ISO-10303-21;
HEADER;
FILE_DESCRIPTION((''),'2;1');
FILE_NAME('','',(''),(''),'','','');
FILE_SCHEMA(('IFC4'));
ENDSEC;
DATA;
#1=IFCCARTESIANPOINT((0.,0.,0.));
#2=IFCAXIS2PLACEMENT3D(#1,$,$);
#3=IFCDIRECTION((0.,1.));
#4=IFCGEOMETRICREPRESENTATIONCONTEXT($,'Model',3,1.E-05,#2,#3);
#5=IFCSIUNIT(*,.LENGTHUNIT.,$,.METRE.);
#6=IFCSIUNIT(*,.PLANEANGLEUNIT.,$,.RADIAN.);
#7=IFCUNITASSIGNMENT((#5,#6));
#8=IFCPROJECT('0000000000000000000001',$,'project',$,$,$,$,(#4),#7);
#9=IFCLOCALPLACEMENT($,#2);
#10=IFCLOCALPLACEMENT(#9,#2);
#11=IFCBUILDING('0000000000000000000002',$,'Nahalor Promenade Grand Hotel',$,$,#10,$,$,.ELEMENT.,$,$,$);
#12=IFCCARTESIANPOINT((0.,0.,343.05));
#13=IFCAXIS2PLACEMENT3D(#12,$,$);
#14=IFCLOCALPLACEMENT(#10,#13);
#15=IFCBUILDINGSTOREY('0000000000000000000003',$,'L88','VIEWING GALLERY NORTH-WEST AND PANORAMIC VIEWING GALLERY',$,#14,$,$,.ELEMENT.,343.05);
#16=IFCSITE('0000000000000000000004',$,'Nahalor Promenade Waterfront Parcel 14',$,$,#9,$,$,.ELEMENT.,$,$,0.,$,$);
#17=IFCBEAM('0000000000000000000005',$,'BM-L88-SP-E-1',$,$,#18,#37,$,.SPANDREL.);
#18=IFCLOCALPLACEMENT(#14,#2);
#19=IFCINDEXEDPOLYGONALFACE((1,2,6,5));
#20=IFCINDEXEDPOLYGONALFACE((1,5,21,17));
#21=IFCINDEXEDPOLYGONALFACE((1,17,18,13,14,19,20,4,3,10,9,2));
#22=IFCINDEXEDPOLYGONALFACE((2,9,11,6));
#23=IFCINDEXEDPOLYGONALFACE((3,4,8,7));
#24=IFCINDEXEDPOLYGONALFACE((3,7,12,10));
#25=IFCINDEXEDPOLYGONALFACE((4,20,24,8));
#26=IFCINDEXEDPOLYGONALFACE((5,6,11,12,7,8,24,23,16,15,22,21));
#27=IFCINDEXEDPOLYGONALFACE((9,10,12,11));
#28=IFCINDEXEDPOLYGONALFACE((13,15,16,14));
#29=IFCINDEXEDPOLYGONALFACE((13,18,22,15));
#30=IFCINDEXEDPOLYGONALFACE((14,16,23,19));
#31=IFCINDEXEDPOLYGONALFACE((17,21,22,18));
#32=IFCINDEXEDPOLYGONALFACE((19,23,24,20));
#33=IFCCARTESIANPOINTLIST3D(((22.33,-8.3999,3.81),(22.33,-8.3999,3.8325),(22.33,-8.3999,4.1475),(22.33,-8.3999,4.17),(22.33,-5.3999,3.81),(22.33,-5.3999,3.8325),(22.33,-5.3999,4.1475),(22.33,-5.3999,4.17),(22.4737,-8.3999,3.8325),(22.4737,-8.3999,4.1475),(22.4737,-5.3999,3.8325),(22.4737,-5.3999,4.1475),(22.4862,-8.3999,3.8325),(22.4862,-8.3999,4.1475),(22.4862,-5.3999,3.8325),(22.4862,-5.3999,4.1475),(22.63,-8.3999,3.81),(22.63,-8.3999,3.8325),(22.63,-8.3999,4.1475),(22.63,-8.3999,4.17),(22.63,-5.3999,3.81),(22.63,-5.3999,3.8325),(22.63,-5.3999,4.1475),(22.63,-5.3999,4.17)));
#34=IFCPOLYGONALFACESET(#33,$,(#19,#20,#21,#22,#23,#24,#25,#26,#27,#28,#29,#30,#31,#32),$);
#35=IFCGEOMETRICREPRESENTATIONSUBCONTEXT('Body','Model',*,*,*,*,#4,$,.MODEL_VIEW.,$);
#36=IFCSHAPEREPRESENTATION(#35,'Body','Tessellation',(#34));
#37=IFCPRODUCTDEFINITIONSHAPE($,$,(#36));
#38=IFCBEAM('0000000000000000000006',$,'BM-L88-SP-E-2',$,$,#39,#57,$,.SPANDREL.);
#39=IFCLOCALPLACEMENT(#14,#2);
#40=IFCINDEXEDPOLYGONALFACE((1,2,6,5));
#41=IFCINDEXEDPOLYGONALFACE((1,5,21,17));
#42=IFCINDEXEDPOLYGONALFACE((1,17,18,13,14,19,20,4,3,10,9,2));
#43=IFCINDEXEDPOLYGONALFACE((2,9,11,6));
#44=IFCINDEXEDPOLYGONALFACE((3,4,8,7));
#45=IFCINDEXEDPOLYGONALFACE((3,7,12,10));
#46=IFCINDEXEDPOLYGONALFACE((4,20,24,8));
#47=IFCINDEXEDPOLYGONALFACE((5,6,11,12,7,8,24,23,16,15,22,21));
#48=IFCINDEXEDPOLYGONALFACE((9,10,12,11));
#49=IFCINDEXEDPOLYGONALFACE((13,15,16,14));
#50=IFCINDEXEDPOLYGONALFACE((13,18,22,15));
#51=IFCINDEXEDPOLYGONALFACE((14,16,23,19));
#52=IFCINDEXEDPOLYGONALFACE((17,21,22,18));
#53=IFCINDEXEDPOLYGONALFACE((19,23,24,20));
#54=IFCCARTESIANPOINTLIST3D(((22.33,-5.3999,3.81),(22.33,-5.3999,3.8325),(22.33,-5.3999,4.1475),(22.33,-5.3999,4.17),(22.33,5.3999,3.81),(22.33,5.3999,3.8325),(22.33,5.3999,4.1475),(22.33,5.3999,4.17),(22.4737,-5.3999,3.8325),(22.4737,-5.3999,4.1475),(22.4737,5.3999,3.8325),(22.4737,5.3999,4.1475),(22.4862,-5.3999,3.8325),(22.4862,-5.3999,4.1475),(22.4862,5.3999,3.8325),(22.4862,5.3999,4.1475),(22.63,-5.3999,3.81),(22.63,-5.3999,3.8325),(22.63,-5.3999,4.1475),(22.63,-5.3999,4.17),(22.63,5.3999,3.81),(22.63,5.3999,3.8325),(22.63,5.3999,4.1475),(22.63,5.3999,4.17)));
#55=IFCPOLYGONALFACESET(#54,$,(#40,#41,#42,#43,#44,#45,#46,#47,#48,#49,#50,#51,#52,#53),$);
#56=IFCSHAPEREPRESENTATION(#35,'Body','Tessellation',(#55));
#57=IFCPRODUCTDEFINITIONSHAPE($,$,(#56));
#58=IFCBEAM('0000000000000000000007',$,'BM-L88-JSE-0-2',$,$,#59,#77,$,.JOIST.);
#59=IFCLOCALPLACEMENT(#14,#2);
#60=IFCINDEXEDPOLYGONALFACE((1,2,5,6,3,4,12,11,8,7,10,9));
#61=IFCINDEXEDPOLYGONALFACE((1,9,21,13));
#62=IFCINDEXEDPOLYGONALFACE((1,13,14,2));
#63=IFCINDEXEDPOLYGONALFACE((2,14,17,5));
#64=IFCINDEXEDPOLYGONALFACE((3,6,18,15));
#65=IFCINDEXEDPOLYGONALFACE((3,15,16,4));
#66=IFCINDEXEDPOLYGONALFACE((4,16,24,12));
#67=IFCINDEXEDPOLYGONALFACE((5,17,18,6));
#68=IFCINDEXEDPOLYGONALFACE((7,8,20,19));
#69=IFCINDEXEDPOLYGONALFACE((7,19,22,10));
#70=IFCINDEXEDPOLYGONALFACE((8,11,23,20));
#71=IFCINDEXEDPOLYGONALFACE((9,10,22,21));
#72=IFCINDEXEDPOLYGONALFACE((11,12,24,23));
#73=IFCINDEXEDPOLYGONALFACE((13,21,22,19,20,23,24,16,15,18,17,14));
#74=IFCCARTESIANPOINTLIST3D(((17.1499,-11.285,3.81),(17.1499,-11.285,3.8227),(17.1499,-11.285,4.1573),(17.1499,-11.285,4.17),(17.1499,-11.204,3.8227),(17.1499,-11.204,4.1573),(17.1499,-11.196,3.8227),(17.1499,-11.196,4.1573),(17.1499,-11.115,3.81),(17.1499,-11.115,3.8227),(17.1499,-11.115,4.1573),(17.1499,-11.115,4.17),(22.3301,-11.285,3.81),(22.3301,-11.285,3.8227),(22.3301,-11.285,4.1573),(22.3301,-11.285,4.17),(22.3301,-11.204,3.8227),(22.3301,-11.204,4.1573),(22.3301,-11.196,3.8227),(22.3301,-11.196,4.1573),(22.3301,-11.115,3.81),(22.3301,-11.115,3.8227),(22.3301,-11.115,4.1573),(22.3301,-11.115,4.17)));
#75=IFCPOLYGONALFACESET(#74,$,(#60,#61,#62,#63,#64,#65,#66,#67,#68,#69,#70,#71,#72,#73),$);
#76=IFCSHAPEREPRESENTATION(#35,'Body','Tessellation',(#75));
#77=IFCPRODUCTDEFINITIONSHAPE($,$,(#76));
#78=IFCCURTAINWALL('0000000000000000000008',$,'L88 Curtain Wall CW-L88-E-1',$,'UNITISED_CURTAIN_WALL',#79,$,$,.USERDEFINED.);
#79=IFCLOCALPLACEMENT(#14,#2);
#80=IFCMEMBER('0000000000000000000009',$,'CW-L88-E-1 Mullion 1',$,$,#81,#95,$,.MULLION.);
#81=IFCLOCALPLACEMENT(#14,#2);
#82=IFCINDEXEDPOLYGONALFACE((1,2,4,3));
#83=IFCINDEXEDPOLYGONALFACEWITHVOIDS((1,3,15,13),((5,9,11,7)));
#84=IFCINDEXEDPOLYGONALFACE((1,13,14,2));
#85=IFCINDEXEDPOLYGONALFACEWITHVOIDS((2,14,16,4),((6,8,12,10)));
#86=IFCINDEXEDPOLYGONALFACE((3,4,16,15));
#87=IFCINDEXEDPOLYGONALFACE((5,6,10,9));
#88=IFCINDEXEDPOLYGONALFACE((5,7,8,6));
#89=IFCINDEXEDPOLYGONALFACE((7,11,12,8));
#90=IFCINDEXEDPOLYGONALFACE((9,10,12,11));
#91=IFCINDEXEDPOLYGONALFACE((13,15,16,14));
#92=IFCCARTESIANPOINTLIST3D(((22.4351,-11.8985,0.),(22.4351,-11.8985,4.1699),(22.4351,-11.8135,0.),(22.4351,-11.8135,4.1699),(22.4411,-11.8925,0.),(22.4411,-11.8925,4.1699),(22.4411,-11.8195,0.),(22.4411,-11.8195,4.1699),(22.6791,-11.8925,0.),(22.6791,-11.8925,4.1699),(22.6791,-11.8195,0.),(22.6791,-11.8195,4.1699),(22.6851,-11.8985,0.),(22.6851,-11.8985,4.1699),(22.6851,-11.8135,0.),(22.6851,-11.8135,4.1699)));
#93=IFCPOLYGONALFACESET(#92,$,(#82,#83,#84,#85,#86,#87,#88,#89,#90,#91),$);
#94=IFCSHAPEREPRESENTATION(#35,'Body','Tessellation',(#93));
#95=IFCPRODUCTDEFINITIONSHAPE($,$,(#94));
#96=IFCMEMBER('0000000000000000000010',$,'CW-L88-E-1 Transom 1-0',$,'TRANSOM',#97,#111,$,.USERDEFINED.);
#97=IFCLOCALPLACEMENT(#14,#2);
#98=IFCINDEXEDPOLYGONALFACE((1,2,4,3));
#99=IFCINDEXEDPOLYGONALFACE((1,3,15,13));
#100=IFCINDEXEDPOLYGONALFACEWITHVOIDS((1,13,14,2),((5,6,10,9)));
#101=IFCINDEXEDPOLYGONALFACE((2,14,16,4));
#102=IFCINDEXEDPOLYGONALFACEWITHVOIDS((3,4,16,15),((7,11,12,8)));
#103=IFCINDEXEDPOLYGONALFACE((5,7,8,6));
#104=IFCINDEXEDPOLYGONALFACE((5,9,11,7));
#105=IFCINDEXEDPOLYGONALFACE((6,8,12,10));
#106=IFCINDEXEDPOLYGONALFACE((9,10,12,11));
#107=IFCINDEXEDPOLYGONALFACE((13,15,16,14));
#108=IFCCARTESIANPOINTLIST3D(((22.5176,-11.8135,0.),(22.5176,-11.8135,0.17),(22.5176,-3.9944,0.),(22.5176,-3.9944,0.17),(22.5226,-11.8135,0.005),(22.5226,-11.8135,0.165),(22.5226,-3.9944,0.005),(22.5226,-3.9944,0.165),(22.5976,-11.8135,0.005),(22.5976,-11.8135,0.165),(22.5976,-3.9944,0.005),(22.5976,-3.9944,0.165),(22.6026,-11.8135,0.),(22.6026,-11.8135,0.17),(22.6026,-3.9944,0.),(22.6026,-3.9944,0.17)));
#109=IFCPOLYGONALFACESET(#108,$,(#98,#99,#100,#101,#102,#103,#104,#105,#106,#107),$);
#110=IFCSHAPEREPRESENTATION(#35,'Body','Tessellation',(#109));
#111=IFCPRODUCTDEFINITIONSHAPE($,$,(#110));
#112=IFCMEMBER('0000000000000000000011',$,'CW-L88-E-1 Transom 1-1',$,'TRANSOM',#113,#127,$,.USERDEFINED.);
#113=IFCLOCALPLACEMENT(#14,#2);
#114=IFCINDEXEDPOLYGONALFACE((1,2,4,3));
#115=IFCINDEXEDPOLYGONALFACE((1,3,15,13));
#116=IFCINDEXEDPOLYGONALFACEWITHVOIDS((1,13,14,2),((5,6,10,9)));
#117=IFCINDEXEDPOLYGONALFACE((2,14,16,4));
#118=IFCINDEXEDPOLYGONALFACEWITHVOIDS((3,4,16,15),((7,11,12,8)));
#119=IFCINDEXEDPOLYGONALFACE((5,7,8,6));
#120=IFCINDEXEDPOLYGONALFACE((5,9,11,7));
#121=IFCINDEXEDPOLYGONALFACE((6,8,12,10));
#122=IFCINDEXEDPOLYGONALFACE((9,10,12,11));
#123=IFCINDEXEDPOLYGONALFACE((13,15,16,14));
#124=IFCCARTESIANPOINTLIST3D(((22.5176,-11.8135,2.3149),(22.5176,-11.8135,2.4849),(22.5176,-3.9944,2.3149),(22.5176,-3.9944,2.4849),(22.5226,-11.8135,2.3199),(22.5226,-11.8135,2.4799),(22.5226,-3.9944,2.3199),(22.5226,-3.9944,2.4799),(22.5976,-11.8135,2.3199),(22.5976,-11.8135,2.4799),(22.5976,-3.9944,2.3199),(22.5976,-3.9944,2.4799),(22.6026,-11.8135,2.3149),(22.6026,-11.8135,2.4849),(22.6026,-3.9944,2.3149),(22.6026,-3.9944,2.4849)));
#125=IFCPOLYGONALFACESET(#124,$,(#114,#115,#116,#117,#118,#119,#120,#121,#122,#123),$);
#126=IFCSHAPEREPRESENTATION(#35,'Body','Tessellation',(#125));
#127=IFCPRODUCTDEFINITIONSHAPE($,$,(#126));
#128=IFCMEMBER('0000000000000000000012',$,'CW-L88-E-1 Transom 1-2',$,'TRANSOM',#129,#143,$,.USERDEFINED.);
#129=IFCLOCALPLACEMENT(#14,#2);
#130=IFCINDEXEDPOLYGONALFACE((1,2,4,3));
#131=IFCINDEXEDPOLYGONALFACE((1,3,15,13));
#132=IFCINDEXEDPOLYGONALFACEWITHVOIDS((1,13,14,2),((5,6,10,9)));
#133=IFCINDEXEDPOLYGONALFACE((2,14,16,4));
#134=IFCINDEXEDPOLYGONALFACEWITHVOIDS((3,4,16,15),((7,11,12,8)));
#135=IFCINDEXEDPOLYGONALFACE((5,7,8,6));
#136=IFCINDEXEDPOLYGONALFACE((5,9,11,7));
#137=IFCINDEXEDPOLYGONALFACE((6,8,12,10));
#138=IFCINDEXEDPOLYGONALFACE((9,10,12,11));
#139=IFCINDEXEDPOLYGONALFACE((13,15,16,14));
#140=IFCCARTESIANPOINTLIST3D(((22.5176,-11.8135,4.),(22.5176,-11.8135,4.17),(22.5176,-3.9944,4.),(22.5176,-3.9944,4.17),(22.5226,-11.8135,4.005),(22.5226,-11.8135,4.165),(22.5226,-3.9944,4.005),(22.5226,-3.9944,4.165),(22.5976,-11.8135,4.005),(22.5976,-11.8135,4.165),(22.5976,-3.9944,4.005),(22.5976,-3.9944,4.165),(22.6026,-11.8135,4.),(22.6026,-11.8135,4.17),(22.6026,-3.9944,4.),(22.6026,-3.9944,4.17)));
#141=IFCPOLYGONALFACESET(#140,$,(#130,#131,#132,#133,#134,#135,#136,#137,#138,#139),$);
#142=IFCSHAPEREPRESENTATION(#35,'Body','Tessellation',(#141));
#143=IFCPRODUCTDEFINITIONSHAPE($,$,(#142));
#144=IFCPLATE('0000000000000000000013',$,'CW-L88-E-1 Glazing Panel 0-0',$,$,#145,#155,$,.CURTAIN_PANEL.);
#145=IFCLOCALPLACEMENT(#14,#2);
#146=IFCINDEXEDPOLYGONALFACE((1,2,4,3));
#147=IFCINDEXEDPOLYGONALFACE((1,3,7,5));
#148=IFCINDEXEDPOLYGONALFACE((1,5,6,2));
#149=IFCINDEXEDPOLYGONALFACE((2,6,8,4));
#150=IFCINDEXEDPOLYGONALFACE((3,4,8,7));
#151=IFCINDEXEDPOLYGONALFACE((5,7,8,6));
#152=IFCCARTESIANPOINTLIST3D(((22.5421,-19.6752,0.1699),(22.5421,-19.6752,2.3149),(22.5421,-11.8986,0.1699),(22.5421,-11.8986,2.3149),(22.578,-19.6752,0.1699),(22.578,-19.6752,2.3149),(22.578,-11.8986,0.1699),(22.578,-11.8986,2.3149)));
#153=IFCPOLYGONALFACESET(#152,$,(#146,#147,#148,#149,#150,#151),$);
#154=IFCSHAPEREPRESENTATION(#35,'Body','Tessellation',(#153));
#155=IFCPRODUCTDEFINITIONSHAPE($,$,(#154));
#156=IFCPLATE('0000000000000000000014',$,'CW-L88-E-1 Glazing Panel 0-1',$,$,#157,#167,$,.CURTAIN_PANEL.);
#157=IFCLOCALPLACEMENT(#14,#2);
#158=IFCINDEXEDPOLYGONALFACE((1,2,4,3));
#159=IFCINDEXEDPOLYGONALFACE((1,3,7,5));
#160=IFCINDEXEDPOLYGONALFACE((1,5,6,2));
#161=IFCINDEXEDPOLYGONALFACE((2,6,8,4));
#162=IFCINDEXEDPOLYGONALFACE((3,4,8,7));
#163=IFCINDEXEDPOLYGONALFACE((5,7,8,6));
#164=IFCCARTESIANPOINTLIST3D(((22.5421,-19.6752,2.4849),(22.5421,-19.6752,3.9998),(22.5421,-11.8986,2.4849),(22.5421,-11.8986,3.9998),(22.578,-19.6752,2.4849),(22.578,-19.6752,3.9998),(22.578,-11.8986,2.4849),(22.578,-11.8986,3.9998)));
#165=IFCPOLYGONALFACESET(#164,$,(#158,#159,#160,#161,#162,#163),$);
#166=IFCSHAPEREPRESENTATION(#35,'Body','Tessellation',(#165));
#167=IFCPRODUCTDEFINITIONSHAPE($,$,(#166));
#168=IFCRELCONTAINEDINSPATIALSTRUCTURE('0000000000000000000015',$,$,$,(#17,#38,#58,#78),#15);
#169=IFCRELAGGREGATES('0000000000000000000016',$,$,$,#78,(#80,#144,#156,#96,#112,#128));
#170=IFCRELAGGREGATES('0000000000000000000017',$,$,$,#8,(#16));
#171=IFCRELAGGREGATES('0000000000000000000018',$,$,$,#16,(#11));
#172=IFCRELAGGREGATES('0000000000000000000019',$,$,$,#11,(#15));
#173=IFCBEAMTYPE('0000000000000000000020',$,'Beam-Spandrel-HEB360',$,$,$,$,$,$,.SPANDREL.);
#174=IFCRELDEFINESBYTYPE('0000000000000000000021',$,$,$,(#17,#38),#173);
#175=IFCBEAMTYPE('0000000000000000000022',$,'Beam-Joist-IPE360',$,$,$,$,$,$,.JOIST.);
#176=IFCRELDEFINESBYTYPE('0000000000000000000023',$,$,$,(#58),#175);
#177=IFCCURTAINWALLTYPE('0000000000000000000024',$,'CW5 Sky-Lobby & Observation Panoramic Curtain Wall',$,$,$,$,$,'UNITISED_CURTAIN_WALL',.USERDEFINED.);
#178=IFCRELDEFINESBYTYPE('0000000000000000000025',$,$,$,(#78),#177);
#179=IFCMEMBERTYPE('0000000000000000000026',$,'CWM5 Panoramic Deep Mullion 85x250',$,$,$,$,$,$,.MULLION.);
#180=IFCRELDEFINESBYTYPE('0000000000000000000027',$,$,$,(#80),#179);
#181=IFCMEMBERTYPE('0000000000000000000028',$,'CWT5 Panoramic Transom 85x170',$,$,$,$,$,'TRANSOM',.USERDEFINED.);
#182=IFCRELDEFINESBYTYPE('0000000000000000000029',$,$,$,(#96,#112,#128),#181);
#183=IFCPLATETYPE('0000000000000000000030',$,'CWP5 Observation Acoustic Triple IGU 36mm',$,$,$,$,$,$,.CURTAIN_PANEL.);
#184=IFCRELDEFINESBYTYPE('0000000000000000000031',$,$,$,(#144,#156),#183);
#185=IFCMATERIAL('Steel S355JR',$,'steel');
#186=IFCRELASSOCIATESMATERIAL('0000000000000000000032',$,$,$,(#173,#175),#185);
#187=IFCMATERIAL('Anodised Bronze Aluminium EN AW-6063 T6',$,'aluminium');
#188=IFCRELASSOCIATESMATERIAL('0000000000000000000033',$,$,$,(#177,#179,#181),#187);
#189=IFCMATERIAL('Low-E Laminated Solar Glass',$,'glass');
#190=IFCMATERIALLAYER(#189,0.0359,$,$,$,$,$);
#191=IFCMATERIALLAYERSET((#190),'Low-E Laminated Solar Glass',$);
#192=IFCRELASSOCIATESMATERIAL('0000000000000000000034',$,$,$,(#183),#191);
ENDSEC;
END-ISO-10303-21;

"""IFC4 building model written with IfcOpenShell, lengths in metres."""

from ifc_helpers import new_model, si_unit, direction, frame, origin, origin_2d, place, context, subcontext, project, spatial, rectangle, hollow_rectangle, i_section, extrude, source, transform, mapped, material, layer, layer_set, material_profile, profile_set, type_object, element, aggregate, save


model = new_model("IFC4")

# Units and contexts
model_context = context("Model", 3, precision=1e-05, world=origin(), true_north=direction((0.0, 1.0)))
body_context = subcontext(model_context, "Body", "Model", "MODEL_VIEW")
ifc_project = project(units=[si_unit("LENGTHUNIT", "METRE"), si_unit("PLANEANGLEUNIT", "RADIAN")], contexts=[model_context])

# Site, building, storey
site_placement = place(None, origin())
site = spatial("IfcSite", under=ifc_project, at=site_placement, Name="Nahalor Promenade Waterfront Parcel 14", CompositionType="ELEMENT", RefElevation=0.0)
building_placement = place(site_placement, origin())
building = spatial("IfcBuilding", under=site, at=building_placement, Name="Nahalor Promenade Grand Hotel", CompositionType="ELEMENT")
storey_placement = place(building_placement, frame((0.0, 0.0, 343.05)))
storey = spatial("IfcBuildingStorey", under=building, at=storey_placement, Name="L88", Description="VIEWING GALLERY NORTH-WEST AND PANORAMIC VIEWING GALLERY", CompositionType="ELEMENT", Elevation=343.05)

# Shared definitions
ifc_material_1 = material(Name="Steel S355JR", Category="steel")

# Beams
ifc_material_profile_1 = material_profile(ifc_material_1, i_section(OverallWidth=0.3, OverallDepth=0.36, WebThickness=0.0125, FlangeThickness=0.0225, at=origin_2d()), Name="HEB 360")
ifc_profile_set_1 = profile_set([ifc_material_profile_1], Name="Steel S355JR")
beam_type_1 = type_object("IfcBeamType", Name="Beam-Spandrel-HEB360", PredefinedType="SPANDREL", material=ifc_profile_set_1)
shared_shape_1 = source(origin(), body_context, "Body", "SweptSolid", [
    extrude(i_section(OverallWidth=0.3, OverallDepth=0.36, WebThickness=0.0125, FlangeThickness=0.0225, at=origin_2d()), origin(), (0.0, 0.0, 1.0), 3.0),
])
beam_1_placement = place(storey_placement, frame((22.48, -8.3999, 3.99), z_axis=(0.0, 1.0, 0.0), x_axis=(-1.0, 0.0, 0.0)))
element("IfcBeam", 1, at=beam_1_placement, inside=storey, type_object=beam_type_1, Name="BM-L88-SP-E-1", PredefinedType="SPANDREL", context=body_context, shape_type="MappedRepresentation", body=[
    mapped(shared_shape_1, transform((0.0, 0.0, 0.0), scale=1.0)),
])
shared_shape_2 = source(origin(), body_context, "Body", "SweptSolid", [
    extrude(i_section(OverallWidth=0.3, OverallDepth=0.36, WebThickness=0.0125, FlangeThickness=0.0225, at=origin_2d()), origin(), (0.0, 0.0, 1.0), 10.7998),
])
beam_2_placement = place(storey_placement, frame((22.48, -5.3999, 3.99), z_axis=(0.0, 1.0, 0.0), x_axis=(-1.0, 0.0, 0.0)))
element("IfcBeam", 2, at=beam_2_placement, inside=storey, type_object=beam_type_1, Name="BM-L88-SP-E-2", PredefinedType="SPANDREL", context=body_context, shape_type="MappedRepresentation", body=[
    mapped(shared_shape_2, transform((0.0, 0.0, 0.0), scale=1.0)),
])
ifc_material_profile_2 = material_profile(ifc_material_1, i_section(OverallWidth=0.17, OverallDepth=0.36, WebThickness=0.008, FlangeThickness=0.0127, at=origin_2d()), Name="IPE 360")
ifc_profile_set_2 = profile_set([ifc_material_profile_2], Name="Steel S355JR")
beam_type_2 = type_object("IfcBeamType", Name="Beam-Joist-IPE360", PredefinedType="JOIST", material=ifc_profile_set_2)
shared_shape_3 = source(origin(), body_context, "Body", "SweptSolid", [
    extrude(i_section(OverallWidth=0.17, OverallDepth=0.36, WebThickness=0.008, FlangeThickness=0.0127, at=origin_2d()), origin(), (0.0, 0.0, 1.0), 5.1802),
])
beam_3_placement = place(storey_placement, frame((17.1499, -11.2, 3.99), z_axis=(1.0, 0.0, 0.0), x_axis=(0.0, 1.0, 0.0)))
element("IfcBeam", 3, at=beam_3_placement, inside=storey, type_object=beam_type_2, Name="BM-L88-JSE-0-2", PredefinedType="JOIST", context=body_context, shape_type="MappedRepresentation", body=[
    mapped(shared_shape_3, transform((0.0, 0.0, 0.0), scale=1.0)),
])

# Curtain wall, members, plates
ifc_material_2 = material(Name="Anodised Bronze Aluminium EN AW-6063 T6", Category="aluminium")
curtain_wall_type = type_object("IfcCurtainWallType", Name="CW5 Sky-Lobby & Observation Panoramic Curtain Wall", ElementType="UNITISED_CURTAIN_WALL", PredefinedType="USERDEFINED", material=ifc_material_2)
curtain_wall_placement = place(storey_placement, origin())
curtain_wall = element("IfcCurtainWall", 4, at=curtain_wall_placement, inside=storey, type_object=curtain_wall_type, Name="L88 Curtain Wall CW-L88-E-1", ObjectType="UNITISED_CURTAIN_WALL", PredefinedType="USERDEFINED")
ifc_material_profile_3 = material_profile(ifc_material_2, hollow_rectangle(XDim=0.085, YDim=0.25, WallThickness=0.006, at=origin_2d()), Name="CWM 85x250x6")
ifc_profile_set_3 = profile_set([ifc_material_profile_3], Name="Anodised Bronze Aluminium EN AW-6063 T6")
member_type_1 = type_object("IfcMemberType", Name="CWM5 Panoramic Deep Mullion 85x250", PredefinedType="MULLION", material=ifc_profile_set_3)
shared_shape_4 = source(origin(), body_context, "Body", "SweptSolid", [
    extrude(hollow_rectangle(XDim=0.085, YDim=0.25, WallThickness=0.006, at=origin_2d()), origin(), (0.0, 0.0, 1.0), 4.1699),
])
member_1_placement = place(storey_placement, frame((22.5601, -11.856, 0.0), z_axis=(0.0, 0.0, 1.0), x_axis=(0.0, 1.0, 0.0)))
member_1 = element("IfcMember", 5, at=member_1_placement, type_object=member_type_1, Name="CW-L88-E-1 Mullion 1", PredefinedType="MULLION", context=body_context, shape_type="MappedRepresentation", body=[
    mapped(shared_shape_4, transform((0.0, 0.0, 0.0), scale=1.0)),
])
ifc_material_profile_4 = material_profile(ifc_material_2, hollow_rectangle(XDim=0.085, YDim=0.17, WallThickness=0.005, at=origin_2d()), Name="CWT 85x170x5")
ifc_profile_set_4 = profile_set([ifc_material_profile_4], Name="Anodised Bronze Aluminium EN AW-6063 T6")
member_type_2 = type_object("IfcMemberType", Name="CWT5 Panoramic Transom 85x170", ElementType="TRANSOM", PredefinedType="USERDEFINED", material=ifc_profile_set_4)
shared_shape_5 = source(origin(), body_context, "Body", "SweptSolid", [
    extrude(hollow_rectangle(XDim=0.085, YDim=0.17, WallThickness=0.005, at=origin_2d()), origin(), (0.0, 0.0, 1.0), 7.8191),
])
member_2_placement = place(storey_placement, frame((22.5601, -11.8135, 0.085), z_axis=(0.0, 1.0, 0.0), x_axis=(-1.0, 0.0, 0.0)))
member_2 = element("IfcMember", 6, at=member_2_placement, type_object=member_type_2, Name="CW-L88-E-1 Transom 1-0", ObjectType="TRANSOM", PredefinedType="USERDEFINED", context=body_context, shape_type="MappedRepresentation", body=[
    mapped(shared_shape_5, transform((0.0, 0.0, 0.0), scale=1.0)),
])
member_3_placement = place(storey_placement, frame((22.5601, -11.8135, 2.3999), z_axis=(0.0, 1.0, 0.0), x_axis=(-1.0, 0.0, 0.0)))
member_3 = element("IfcMember", 7, at=member_3_placement, type_object=member_type_2, Name="CW-L88-E-1 Transom 1-1", ObjectType="TRANSOM", PredefinedType="USERDEFINED", context=body_context, shape_type="MappedRepresentation", body=[
    mapped(shared_shape_5, transform((0.0, 0.0, 0.0), scale=1.0)),
])
member_4_placement = place(storey_placement, frame((22.5601, -11.8135, 4.085), z_axis=(0.0, 1.0, 0.0), x_axis=(-1.0, 0.0, 0.0)))
member_4 = element("IfcMember", 8, at=member_4_placement, type_object=member_type_2, Name="CW-L88-E-1 Transom 1-2", ObjectType="TRANSOM", PredefinedType="USERDEFINED", context=body_context, shape_type="MappedRepresentation", body=[
    mapped(shared_shape_5, transform((0.0, 0.0, 0.0), scale=1.0)),
])
ifc_material_3 = material(Name="Low-E Laminated Solar Glass", Category="glass")
ifc_layer_1 = layer(ifc_material_3, 0.0359)
ifc_layer_set_1 = layer_set([ifc_layer_1], Name="Low-E Laminated Solar Glass")
plate_type = type_object("IfcPlateType", Name="CWP5 Observation Acoustic Triple IGU 36mm", PredefinedType="CURTAIN_PANEL", material=ifc_layer_set_1)
shared_shape_6 = source(origin(), body_context, "Body", "SweptSolid", [
    extrude(rectangle(XDim=7.7766, YDim=0.0359, at=origin_2d()), origin(), (0.0, 0.0, 1.0), 2.145),
])
plate_1_placement = place(storey_placement, frame((22.5601, -15.7869, 0.1699), z_axis=(0.0, 0.0, 1.0), x_axis=(0.0, 1.0, 0.0)))
plate_1 = element("IfcPlate", 9, at=plate_1_placement, type_object=plate_type, Name="CW-L88-E-1 Glazing Panel 0-0", PredefinedType="CURTAIN_PANEL", context=body_context, shape_type="MappedRepresentation", body=[
    mapped(shared_shape_6, transform((0.0, 0.0, 0.0), scale=1.0)),
])
shared_shape_7 = source(origin(), body_context, "Body", "SweptSolid", [
    extrude(rectangle(XDim=7.7766, YDim=0.0359, at=origin_2d()), origin(), (0.0, 0.0, 1.0), 1.5149),
])
plate_2_placement = place(storey_placement, frame((22.5601, -15.7869, 2.4849), z_axis=(0.0, 0.0, 1.0), x_axis=(0.0, 1.0, 0.0)))
plate_2 = element("IfcPlate", 10, at=plate_2_placement, type_object=plate_type, Name="CW-L88-E-1 Glazing Panel 0-1", PredefinedType="CURTAIN_PANEL", context=body_context, shape_type="MappedRepresentation", body=[
    mapped(shared_shape_7, transform((0.0, 0.0, 0.0), scale=1.0)),
])
aggregate(curtain_wall, [member_1, plate_1, plate_2, member_2, member_3, member_4])

save(model, "model.ifc")
